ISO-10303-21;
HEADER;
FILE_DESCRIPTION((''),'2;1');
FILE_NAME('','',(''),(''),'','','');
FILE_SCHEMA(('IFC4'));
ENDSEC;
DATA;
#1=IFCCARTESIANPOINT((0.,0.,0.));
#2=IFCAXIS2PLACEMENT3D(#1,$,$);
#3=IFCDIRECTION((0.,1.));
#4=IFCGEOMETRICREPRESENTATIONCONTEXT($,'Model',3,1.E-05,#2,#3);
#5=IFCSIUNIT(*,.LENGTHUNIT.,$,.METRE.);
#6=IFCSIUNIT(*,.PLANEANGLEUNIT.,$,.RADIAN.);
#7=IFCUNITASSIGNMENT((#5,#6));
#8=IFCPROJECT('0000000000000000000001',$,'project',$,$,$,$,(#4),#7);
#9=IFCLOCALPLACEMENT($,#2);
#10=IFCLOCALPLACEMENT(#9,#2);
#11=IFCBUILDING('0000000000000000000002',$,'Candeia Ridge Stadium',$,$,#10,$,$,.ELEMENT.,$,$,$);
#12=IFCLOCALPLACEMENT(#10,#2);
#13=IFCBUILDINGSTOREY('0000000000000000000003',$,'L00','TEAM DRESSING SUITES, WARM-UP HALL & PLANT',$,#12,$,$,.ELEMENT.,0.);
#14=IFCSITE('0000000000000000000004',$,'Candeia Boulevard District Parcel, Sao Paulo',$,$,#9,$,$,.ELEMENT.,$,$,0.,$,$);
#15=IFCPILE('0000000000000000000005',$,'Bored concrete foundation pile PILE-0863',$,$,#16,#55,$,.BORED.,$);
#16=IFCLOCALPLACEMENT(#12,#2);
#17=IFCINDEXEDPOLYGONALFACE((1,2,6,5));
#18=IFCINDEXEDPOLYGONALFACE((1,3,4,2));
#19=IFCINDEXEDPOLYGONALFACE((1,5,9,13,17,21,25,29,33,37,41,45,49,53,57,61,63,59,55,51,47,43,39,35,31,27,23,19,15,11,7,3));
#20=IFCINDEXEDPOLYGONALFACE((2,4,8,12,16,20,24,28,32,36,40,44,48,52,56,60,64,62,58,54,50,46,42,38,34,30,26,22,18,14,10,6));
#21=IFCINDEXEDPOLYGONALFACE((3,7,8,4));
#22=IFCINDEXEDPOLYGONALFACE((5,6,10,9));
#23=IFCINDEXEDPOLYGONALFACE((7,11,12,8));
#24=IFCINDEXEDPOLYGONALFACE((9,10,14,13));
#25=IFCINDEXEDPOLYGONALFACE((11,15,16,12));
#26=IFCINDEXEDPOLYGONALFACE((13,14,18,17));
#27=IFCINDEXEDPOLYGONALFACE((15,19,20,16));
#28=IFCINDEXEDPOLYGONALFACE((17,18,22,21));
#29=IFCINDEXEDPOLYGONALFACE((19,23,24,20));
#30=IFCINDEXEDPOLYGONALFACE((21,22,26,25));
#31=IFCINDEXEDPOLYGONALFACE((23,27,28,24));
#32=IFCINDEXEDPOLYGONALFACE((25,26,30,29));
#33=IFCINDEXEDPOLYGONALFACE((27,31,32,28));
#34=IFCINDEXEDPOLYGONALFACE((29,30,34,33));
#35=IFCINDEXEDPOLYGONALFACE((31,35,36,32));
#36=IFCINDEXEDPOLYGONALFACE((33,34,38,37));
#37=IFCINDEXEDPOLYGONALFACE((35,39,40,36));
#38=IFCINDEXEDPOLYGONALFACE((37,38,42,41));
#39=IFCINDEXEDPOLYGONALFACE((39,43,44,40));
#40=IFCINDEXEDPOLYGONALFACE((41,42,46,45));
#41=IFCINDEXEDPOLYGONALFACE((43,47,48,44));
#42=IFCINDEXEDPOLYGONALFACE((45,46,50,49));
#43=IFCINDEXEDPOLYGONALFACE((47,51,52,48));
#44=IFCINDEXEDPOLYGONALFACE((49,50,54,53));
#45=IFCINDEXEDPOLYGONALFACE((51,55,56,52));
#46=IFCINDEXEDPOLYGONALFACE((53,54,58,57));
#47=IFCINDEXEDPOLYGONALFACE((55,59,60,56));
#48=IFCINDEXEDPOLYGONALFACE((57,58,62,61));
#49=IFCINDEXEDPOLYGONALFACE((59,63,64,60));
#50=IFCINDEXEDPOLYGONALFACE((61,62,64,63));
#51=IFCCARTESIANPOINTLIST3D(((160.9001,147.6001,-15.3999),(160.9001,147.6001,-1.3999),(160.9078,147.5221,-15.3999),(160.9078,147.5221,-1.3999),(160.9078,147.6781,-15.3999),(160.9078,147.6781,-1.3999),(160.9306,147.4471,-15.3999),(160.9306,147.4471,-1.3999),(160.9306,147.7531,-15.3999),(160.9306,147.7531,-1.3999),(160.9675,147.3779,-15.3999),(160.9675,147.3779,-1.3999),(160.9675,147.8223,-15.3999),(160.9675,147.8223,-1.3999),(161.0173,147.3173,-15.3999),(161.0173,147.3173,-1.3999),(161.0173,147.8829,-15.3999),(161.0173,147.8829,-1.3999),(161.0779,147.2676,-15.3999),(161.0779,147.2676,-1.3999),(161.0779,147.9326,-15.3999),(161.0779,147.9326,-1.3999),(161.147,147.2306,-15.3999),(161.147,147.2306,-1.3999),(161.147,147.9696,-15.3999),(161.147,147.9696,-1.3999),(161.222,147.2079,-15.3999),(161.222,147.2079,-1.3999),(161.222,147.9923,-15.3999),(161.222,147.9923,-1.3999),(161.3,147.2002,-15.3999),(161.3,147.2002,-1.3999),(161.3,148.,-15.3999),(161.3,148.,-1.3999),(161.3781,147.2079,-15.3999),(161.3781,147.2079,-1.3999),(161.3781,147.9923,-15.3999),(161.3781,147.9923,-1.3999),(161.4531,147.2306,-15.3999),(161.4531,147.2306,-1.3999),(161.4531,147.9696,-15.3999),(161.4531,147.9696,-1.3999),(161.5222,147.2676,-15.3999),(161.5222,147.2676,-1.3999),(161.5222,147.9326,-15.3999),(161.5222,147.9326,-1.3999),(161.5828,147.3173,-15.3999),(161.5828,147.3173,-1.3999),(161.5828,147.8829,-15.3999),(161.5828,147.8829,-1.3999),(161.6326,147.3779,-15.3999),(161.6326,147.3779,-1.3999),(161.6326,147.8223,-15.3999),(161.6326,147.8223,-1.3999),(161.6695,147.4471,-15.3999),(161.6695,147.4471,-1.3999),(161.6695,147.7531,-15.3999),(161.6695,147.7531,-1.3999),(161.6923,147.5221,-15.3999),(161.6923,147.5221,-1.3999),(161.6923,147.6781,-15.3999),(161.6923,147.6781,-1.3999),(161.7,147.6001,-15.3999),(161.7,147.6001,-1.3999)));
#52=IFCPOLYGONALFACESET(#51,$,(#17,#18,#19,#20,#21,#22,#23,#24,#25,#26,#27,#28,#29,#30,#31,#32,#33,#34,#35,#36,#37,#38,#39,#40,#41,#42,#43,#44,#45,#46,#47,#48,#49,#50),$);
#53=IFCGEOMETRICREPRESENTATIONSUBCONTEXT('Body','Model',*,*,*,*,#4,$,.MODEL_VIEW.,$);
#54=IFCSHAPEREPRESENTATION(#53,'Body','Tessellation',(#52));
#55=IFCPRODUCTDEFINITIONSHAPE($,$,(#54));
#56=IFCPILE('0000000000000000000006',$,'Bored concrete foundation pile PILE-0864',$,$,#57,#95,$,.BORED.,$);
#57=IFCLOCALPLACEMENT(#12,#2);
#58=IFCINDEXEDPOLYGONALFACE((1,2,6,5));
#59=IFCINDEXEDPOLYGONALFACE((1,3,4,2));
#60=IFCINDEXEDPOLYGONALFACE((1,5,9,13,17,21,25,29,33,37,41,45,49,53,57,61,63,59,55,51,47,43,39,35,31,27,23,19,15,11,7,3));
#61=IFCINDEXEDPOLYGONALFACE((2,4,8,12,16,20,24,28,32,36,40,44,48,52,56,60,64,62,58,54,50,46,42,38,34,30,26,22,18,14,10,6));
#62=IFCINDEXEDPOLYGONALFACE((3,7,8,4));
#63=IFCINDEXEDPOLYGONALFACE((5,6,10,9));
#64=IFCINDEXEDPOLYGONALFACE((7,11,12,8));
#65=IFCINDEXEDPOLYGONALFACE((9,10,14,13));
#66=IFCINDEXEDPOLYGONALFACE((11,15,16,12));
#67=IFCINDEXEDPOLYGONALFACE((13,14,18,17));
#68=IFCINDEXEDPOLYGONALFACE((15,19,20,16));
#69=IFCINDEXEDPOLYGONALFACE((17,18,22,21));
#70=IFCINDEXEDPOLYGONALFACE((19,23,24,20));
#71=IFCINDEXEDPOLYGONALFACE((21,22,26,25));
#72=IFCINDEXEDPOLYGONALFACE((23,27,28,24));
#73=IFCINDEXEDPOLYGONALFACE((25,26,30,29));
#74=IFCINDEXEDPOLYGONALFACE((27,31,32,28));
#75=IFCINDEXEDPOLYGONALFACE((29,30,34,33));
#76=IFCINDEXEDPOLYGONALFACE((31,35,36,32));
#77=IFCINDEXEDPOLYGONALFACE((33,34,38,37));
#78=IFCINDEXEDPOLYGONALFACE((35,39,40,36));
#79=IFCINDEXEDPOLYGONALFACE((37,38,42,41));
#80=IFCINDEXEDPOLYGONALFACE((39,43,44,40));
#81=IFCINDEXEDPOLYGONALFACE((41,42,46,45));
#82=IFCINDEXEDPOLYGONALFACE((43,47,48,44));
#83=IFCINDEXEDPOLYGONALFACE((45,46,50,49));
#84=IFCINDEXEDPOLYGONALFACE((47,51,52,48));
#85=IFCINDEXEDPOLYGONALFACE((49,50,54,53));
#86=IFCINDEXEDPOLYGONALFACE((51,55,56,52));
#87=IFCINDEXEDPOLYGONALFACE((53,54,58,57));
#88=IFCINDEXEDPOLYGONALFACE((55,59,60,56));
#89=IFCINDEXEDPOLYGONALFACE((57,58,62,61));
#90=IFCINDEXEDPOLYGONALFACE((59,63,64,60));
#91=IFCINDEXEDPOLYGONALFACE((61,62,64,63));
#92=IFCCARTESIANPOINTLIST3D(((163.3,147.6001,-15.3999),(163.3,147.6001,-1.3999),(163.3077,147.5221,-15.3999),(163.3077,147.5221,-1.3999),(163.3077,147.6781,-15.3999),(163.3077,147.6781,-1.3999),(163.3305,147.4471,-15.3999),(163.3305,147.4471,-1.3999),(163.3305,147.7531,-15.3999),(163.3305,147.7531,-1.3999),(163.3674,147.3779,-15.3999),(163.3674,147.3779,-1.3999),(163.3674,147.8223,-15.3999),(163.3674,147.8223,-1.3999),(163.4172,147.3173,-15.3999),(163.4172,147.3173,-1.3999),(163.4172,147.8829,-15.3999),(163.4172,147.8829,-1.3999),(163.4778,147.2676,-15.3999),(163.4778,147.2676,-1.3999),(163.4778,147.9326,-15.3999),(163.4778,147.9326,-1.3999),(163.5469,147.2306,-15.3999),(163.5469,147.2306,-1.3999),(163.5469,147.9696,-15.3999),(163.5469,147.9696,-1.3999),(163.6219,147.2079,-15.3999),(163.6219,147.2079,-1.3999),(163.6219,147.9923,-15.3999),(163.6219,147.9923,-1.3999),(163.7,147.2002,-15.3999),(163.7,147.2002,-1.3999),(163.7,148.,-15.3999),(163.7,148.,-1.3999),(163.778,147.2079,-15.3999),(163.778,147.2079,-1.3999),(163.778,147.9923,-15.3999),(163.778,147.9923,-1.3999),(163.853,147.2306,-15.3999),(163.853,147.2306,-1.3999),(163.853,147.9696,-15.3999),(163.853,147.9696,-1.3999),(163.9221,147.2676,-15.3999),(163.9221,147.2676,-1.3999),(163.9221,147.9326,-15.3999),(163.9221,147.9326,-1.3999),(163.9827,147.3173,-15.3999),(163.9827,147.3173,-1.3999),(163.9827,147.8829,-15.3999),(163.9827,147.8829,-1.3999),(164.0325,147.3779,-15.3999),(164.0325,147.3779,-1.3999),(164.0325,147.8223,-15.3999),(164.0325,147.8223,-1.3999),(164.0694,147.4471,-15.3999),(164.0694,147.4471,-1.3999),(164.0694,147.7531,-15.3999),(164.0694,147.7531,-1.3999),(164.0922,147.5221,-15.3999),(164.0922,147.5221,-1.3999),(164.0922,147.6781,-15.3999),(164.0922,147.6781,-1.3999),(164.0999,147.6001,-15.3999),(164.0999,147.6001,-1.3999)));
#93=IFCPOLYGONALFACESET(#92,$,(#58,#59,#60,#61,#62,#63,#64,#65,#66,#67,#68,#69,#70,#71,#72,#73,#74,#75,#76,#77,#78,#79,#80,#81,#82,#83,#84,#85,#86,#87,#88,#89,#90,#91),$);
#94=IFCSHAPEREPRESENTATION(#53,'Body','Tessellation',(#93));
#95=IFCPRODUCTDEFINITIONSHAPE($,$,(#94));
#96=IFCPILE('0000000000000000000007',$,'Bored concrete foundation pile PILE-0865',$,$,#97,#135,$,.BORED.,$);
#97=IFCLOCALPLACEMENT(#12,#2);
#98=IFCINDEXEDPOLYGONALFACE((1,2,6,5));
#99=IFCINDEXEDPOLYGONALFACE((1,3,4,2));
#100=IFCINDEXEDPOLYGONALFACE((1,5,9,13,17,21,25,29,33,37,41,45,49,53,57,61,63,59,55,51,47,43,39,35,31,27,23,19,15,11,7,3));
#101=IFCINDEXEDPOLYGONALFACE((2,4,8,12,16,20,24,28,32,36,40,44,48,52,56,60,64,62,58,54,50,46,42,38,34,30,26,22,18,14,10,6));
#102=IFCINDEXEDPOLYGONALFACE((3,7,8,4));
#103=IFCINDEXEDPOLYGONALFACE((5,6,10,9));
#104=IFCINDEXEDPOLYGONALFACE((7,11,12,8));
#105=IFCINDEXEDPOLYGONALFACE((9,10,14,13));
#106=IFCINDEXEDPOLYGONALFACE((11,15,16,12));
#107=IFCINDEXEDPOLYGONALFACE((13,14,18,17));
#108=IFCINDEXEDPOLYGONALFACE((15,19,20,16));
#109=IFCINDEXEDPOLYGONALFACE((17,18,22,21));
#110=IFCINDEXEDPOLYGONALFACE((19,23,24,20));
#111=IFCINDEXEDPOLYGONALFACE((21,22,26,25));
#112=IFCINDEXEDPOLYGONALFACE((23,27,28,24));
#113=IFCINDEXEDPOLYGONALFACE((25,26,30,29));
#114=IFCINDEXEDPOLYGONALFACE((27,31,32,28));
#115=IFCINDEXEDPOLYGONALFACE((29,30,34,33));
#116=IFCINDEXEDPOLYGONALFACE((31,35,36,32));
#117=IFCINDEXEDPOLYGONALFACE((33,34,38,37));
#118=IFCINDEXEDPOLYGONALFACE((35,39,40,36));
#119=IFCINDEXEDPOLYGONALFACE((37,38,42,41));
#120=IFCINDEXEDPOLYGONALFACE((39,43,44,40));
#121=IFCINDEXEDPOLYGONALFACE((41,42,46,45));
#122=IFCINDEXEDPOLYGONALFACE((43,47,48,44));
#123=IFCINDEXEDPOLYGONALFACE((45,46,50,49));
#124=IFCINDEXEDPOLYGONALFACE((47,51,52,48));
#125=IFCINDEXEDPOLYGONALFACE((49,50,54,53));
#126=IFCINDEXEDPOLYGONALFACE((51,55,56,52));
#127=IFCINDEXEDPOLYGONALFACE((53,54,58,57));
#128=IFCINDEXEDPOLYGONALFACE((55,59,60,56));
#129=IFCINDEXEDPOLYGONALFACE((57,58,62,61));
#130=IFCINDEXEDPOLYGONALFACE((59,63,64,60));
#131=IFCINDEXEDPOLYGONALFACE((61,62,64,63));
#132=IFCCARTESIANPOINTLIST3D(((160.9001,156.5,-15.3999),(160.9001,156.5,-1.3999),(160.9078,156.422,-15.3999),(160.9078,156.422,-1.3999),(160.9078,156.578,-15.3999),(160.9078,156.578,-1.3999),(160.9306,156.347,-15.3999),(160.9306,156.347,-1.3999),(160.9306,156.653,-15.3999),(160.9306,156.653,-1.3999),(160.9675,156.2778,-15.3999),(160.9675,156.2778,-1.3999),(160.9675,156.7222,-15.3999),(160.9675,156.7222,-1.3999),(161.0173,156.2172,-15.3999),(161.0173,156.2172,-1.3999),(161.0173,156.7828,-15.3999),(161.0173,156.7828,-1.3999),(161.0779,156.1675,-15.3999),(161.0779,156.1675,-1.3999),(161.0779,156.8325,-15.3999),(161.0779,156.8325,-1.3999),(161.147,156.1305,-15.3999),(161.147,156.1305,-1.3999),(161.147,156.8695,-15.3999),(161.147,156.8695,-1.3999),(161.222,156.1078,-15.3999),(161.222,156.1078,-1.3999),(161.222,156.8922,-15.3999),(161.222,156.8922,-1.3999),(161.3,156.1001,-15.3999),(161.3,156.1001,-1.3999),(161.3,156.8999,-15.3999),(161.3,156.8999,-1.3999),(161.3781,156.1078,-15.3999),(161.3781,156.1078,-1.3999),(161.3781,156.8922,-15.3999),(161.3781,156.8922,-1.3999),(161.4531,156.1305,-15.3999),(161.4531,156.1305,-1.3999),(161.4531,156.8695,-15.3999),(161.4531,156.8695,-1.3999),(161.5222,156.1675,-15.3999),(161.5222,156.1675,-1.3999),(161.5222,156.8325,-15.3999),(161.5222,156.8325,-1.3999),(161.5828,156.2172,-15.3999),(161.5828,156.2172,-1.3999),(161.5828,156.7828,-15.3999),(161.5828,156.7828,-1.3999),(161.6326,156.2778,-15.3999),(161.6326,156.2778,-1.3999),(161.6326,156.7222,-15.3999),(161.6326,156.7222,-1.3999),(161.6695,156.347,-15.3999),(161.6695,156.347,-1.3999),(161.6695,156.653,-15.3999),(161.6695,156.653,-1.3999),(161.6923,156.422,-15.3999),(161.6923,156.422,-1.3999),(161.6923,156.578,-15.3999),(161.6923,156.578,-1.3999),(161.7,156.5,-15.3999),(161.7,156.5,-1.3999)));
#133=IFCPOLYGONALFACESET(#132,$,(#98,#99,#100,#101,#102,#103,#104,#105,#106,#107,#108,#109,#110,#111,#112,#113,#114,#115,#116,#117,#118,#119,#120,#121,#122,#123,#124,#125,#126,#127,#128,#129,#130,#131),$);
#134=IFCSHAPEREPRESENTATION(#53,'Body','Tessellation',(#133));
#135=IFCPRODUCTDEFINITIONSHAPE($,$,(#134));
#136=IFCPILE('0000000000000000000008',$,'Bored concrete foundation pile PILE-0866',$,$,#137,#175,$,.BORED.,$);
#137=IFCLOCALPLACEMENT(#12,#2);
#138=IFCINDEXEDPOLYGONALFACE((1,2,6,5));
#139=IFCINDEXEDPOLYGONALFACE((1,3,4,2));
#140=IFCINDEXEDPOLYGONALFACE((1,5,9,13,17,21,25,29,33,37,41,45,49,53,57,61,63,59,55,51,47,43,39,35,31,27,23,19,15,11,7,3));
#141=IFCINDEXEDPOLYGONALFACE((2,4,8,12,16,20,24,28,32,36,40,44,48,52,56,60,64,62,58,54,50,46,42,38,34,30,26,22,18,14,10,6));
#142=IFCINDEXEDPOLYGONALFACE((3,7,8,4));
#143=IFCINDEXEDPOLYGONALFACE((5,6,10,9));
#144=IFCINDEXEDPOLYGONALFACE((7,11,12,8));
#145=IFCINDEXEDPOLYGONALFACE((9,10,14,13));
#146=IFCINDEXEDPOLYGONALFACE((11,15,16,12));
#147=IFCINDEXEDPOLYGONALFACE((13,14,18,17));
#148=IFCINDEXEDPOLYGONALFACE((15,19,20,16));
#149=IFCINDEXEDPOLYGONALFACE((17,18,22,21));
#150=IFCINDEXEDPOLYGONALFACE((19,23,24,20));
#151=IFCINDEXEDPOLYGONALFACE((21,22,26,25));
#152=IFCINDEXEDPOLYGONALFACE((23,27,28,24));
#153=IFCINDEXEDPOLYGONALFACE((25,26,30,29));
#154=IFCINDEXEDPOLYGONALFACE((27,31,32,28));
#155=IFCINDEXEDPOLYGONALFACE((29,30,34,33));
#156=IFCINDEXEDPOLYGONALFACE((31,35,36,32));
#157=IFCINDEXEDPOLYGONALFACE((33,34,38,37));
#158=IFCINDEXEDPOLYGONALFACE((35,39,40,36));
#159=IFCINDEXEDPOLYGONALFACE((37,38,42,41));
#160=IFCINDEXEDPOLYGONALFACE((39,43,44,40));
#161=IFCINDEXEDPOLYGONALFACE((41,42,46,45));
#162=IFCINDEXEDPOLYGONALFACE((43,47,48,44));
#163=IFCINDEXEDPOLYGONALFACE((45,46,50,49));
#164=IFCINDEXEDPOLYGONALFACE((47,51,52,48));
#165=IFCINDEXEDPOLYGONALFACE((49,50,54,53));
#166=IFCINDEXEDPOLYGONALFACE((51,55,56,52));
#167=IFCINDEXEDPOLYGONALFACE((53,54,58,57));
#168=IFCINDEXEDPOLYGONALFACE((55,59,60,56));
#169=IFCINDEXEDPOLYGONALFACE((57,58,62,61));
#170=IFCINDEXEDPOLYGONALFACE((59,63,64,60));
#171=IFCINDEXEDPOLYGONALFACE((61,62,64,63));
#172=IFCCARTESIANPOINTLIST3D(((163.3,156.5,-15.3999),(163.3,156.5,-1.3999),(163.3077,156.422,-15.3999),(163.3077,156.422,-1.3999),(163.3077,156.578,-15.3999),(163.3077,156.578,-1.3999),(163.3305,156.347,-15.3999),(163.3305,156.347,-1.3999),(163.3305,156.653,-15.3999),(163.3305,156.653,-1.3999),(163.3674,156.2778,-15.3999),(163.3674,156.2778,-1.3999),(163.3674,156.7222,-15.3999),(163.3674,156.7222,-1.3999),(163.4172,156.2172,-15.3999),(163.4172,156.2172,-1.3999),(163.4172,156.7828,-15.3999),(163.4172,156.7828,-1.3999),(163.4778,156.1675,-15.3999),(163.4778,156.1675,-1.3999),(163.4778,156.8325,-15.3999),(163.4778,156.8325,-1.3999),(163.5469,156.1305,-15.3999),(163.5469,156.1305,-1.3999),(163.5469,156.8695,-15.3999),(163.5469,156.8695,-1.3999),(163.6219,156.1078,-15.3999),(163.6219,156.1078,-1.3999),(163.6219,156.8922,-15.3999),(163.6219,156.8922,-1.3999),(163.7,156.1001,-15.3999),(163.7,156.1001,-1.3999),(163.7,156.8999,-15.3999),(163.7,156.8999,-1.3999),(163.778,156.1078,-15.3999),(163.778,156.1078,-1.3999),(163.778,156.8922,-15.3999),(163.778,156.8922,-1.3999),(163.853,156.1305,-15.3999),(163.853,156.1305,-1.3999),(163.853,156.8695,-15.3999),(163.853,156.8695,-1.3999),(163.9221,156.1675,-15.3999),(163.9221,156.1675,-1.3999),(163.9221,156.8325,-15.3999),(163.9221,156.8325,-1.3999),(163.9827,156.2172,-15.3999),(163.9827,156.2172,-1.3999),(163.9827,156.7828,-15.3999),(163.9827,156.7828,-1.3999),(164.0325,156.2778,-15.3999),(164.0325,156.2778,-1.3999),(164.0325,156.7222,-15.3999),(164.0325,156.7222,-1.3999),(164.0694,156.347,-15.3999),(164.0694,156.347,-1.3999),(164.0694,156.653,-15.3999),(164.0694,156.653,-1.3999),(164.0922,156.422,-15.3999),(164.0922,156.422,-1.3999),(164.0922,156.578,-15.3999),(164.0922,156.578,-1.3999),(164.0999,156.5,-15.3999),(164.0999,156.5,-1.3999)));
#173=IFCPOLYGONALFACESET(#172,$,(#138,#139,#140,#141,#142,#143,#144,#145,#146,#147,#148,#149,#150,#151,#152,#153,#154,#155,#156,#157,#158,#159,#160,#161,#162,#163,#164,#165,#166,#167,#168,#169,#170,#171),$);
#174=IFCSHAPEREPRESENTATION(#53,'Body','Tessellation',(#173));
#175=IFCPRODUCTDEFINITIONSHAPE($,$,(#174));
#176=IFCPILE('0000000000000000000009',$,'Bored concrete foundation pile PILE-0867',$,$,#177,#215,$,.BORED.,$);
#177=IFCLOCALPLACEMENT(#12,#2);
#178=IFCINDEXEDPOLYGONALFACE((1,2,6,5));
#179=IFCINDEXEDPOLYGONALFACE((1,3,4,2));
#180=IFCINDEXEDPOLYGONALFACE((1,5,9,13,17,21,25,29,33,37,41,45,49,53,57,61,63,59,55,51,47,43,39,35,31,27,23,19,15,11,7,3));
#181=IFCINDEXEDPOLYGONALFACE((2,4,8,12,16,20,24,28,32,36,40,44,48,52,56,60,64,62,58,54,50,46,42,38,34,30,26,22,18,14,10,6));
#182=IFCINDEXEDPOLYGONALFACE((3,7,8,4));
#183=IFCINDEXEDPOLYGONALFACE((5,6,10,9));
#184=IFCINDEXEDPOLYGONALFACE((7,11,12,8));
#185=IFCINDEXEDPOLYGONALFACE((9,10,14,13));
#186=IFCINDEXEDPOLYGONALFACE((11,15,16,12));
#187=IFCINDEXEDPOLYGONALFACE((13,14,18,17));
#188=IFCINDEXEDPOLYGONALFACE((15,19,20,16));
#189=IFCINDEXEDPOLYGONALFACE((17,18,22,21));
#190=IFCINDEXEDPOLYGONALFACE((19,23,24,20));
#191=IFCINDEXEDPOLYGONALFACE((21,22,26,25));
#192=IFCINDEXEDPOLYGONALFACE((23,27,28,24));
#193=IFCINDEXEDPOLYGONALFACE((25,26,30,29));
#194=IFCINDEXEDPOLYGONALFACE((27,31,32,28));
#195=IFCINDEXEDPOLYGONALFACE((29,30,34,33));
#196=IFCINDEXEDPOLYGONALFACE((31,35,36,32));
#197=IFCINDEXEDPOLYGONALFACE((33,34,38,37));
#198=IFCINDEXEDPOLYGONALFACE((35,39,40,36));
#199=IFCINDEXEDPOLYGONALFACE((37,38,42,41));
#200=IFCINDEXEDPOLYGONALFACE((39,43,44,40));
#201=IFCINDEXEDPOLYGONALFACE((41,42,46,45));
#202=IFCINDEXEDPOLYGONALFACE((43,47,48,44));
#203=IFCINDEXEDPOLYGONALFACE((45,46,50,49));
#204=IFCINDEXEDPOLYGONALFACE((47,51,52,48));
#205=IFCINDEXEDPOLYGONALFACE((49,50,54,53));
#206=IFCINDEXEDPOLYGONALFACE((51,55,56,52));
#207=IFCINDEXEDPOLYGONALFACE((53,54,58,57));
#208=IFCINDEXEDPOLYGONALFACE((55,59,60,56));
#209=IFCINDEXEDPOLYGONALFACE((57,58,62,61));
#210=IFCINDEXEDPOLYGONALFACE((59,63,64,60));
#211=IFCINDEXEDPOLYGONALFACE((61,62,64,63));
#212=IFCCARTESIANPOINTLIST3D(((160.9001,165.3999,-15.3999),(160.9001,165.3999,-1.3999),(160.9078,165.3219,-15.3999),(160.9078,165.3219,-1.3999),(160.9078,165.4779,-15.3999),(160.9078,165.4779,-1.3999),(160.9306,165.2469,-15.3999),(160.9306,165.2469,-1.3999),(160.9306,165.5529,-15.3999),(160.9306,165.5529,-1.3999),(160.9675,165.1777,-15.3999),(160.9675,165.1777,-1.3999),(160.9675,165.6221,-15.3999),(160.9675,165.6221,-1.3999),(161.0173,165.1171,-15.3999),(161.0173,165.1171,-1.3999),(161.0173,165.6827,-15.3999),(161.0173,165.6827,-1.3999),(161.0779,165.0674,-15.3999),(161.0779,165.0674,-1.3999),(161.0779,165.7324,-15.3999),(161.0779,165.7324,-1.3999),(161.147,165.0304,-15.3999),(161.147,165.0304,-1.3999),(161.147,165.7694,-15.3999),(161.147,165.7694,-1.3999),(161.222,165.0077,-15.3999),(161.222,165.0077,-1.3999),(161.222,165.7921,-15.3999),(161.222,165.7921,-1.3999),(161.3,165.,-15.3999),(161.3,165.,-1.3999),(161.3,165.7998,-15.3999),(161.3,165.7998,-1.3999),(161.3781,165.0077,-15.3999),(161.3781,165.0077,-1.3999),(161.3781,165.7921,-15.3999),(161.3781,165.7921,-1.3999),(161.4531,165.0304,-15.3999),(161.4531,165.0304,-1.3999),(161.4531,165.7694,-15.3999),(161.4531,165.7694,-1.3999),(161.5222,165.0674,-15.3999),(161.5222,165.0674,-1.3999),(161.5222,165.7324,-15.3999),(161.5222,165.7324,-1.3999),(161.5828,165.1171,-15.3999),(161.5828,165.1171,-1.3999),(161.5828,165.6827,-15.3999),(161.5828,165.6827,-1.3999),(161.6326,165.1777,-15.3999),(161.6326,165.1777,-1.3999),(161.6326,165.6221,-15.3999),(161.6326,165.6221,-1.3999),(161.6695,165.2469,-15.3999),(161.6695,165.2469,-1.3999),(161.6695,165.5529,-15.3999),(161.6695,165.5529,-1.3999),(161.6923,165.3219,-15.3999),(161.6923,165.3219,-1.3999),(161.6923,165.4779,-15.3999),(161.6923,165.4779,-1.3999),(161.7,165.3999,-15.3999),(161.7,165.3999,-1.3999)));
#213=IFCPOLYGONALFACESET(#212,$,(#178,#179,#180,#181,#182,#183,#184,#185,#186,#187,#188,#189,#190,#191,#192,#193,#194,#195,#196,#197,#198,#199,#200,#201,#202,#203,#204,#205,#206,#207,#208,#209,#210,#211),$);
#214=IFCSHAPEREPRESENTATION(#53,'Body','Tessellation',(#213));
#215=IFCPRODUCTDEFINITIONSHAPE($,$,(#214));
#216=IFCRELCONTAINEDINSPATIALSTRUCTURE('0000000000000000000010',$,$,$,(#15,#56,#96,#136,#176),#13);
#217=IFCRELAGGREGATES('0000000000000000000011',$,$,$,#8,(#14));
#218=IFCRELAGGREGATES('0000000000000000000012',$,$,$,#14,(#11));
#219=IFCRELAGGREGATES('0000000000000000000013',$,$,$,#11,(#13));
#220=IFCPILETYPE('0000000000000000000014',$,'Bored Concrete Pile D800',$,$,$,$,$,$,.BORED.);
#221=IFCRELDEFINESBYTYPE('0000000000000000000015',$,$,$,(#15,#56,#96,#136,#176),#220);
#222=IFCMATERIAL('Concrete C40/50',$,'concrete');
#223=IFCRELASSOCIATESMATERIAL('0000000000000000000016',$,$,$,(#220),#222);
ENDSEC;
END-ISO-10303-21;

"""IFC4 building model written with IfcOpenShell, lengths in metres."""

from ifc_helpers import new_model, si_unit, direction, frame, origin, origin_2d, place, context, subcontext, project, spatial, circle, extrude, material, material_profile, profile_set, type_object, element, save


model = new_model("IFC4")

# Units and contexts
model_context = context("Model", 3, precision=1e-05, world=origin(), true_north=direction((0.0, 1.0)))
body_context = subcontext(model_context, "Body", "Model", "MODEL_VIEW")
ifc_project = project(units=[si_unit("LENGTHUNIT", "METRE"), si_unit("PLANEANGLEUNIT", "RADIAN")], contexts=[model_context])

# Site, building, storey
site_placement = place(None, origin())
site = spatial("IfcSite", under=ifc_project, at=site_placement, Name="Candeia Boulevard District Parcel, Sao Paulo", CompositionType="ELEMENT", RefElevation=0.0)
building_placement = place(site_placement, origin())
building = spatial("IfcBuilding", under=site, at=building_placement, Name="Candeia Ridge Stadium", CompositionType="ELEMENT")
storey_placement = place(building_placement, origin())
storey = spatial("IfcBuildingStorey", under=building, at=storey_placement, Name="L00", Description="TEAM DRESSING SUITES, WARM-UP HALL & PLANT", CompositionType="ELEMENT", Elevation=0.0)

# Piles
ifc_material_1 = material(Name="Concrete C40/50", Category="concrete")
ifc_material_profile_1 = material_profile(ifc_material_1, circle(Radius=0.3999, at=origin_2d()), Name="PILE-D800", Category="concrete")
ifc_profile_set_1 = profile_set([ifc_material_profile_1], Name="Concrete C40/50")
pile_type = type_object("IfcPileType", Name="Bored Concrete Pile D800", PredefinedType="BORED", material=ifc_profile_set_1)
for number, where, z_axis, x_axis, name in (
    (1, (161.3, 147.6001, -1.3999), (0.0, 0.0, -1.0), (1.0, 0.0, 0.0), "Bored concrete foundation pile PILE-0863"),
    (2, (163.7, 147.6001, -1.3999), (0.0, 0.0, -1.0), (1.0, 0.0, 0.0), "Bored concrete foundation pile PILE-0864"),
    (3, (161.3, 156.5, -1.3999), (0.0, 0.0, -1.0), (1.0, 0.0, 0.0), "Bored concrete foundation pile PILE-0865"),
    (4, (163.7, 156.5, -1.3999), (0.0, 0.0, -1.0), (1.0, 0.0, 0.0), "Bored concrete foundation pile PILE-0866"),
    (5, (161.3, 165.3999, -1.3999), (0.0, 0.0, -1.0), (1.0, 0.0, 0.0), "Bored concrete foundation pile PILE-0867"),
):
    element("IfcPile", number, at=place(storey_placement, frame(where, z_axis=z_axis, x_axis=x_axis)), inside=storey, type_object=pile_type, Name=name, PredefinedType="BORED", context=body_context, shape_type="SweptSolid", body=[
        extrude(circle(Radius=0.3999, at=origin_2d()), origin(), (0.0, 0.0, 1.0), 14.0),
    ])

save(model, "model.ifc")
